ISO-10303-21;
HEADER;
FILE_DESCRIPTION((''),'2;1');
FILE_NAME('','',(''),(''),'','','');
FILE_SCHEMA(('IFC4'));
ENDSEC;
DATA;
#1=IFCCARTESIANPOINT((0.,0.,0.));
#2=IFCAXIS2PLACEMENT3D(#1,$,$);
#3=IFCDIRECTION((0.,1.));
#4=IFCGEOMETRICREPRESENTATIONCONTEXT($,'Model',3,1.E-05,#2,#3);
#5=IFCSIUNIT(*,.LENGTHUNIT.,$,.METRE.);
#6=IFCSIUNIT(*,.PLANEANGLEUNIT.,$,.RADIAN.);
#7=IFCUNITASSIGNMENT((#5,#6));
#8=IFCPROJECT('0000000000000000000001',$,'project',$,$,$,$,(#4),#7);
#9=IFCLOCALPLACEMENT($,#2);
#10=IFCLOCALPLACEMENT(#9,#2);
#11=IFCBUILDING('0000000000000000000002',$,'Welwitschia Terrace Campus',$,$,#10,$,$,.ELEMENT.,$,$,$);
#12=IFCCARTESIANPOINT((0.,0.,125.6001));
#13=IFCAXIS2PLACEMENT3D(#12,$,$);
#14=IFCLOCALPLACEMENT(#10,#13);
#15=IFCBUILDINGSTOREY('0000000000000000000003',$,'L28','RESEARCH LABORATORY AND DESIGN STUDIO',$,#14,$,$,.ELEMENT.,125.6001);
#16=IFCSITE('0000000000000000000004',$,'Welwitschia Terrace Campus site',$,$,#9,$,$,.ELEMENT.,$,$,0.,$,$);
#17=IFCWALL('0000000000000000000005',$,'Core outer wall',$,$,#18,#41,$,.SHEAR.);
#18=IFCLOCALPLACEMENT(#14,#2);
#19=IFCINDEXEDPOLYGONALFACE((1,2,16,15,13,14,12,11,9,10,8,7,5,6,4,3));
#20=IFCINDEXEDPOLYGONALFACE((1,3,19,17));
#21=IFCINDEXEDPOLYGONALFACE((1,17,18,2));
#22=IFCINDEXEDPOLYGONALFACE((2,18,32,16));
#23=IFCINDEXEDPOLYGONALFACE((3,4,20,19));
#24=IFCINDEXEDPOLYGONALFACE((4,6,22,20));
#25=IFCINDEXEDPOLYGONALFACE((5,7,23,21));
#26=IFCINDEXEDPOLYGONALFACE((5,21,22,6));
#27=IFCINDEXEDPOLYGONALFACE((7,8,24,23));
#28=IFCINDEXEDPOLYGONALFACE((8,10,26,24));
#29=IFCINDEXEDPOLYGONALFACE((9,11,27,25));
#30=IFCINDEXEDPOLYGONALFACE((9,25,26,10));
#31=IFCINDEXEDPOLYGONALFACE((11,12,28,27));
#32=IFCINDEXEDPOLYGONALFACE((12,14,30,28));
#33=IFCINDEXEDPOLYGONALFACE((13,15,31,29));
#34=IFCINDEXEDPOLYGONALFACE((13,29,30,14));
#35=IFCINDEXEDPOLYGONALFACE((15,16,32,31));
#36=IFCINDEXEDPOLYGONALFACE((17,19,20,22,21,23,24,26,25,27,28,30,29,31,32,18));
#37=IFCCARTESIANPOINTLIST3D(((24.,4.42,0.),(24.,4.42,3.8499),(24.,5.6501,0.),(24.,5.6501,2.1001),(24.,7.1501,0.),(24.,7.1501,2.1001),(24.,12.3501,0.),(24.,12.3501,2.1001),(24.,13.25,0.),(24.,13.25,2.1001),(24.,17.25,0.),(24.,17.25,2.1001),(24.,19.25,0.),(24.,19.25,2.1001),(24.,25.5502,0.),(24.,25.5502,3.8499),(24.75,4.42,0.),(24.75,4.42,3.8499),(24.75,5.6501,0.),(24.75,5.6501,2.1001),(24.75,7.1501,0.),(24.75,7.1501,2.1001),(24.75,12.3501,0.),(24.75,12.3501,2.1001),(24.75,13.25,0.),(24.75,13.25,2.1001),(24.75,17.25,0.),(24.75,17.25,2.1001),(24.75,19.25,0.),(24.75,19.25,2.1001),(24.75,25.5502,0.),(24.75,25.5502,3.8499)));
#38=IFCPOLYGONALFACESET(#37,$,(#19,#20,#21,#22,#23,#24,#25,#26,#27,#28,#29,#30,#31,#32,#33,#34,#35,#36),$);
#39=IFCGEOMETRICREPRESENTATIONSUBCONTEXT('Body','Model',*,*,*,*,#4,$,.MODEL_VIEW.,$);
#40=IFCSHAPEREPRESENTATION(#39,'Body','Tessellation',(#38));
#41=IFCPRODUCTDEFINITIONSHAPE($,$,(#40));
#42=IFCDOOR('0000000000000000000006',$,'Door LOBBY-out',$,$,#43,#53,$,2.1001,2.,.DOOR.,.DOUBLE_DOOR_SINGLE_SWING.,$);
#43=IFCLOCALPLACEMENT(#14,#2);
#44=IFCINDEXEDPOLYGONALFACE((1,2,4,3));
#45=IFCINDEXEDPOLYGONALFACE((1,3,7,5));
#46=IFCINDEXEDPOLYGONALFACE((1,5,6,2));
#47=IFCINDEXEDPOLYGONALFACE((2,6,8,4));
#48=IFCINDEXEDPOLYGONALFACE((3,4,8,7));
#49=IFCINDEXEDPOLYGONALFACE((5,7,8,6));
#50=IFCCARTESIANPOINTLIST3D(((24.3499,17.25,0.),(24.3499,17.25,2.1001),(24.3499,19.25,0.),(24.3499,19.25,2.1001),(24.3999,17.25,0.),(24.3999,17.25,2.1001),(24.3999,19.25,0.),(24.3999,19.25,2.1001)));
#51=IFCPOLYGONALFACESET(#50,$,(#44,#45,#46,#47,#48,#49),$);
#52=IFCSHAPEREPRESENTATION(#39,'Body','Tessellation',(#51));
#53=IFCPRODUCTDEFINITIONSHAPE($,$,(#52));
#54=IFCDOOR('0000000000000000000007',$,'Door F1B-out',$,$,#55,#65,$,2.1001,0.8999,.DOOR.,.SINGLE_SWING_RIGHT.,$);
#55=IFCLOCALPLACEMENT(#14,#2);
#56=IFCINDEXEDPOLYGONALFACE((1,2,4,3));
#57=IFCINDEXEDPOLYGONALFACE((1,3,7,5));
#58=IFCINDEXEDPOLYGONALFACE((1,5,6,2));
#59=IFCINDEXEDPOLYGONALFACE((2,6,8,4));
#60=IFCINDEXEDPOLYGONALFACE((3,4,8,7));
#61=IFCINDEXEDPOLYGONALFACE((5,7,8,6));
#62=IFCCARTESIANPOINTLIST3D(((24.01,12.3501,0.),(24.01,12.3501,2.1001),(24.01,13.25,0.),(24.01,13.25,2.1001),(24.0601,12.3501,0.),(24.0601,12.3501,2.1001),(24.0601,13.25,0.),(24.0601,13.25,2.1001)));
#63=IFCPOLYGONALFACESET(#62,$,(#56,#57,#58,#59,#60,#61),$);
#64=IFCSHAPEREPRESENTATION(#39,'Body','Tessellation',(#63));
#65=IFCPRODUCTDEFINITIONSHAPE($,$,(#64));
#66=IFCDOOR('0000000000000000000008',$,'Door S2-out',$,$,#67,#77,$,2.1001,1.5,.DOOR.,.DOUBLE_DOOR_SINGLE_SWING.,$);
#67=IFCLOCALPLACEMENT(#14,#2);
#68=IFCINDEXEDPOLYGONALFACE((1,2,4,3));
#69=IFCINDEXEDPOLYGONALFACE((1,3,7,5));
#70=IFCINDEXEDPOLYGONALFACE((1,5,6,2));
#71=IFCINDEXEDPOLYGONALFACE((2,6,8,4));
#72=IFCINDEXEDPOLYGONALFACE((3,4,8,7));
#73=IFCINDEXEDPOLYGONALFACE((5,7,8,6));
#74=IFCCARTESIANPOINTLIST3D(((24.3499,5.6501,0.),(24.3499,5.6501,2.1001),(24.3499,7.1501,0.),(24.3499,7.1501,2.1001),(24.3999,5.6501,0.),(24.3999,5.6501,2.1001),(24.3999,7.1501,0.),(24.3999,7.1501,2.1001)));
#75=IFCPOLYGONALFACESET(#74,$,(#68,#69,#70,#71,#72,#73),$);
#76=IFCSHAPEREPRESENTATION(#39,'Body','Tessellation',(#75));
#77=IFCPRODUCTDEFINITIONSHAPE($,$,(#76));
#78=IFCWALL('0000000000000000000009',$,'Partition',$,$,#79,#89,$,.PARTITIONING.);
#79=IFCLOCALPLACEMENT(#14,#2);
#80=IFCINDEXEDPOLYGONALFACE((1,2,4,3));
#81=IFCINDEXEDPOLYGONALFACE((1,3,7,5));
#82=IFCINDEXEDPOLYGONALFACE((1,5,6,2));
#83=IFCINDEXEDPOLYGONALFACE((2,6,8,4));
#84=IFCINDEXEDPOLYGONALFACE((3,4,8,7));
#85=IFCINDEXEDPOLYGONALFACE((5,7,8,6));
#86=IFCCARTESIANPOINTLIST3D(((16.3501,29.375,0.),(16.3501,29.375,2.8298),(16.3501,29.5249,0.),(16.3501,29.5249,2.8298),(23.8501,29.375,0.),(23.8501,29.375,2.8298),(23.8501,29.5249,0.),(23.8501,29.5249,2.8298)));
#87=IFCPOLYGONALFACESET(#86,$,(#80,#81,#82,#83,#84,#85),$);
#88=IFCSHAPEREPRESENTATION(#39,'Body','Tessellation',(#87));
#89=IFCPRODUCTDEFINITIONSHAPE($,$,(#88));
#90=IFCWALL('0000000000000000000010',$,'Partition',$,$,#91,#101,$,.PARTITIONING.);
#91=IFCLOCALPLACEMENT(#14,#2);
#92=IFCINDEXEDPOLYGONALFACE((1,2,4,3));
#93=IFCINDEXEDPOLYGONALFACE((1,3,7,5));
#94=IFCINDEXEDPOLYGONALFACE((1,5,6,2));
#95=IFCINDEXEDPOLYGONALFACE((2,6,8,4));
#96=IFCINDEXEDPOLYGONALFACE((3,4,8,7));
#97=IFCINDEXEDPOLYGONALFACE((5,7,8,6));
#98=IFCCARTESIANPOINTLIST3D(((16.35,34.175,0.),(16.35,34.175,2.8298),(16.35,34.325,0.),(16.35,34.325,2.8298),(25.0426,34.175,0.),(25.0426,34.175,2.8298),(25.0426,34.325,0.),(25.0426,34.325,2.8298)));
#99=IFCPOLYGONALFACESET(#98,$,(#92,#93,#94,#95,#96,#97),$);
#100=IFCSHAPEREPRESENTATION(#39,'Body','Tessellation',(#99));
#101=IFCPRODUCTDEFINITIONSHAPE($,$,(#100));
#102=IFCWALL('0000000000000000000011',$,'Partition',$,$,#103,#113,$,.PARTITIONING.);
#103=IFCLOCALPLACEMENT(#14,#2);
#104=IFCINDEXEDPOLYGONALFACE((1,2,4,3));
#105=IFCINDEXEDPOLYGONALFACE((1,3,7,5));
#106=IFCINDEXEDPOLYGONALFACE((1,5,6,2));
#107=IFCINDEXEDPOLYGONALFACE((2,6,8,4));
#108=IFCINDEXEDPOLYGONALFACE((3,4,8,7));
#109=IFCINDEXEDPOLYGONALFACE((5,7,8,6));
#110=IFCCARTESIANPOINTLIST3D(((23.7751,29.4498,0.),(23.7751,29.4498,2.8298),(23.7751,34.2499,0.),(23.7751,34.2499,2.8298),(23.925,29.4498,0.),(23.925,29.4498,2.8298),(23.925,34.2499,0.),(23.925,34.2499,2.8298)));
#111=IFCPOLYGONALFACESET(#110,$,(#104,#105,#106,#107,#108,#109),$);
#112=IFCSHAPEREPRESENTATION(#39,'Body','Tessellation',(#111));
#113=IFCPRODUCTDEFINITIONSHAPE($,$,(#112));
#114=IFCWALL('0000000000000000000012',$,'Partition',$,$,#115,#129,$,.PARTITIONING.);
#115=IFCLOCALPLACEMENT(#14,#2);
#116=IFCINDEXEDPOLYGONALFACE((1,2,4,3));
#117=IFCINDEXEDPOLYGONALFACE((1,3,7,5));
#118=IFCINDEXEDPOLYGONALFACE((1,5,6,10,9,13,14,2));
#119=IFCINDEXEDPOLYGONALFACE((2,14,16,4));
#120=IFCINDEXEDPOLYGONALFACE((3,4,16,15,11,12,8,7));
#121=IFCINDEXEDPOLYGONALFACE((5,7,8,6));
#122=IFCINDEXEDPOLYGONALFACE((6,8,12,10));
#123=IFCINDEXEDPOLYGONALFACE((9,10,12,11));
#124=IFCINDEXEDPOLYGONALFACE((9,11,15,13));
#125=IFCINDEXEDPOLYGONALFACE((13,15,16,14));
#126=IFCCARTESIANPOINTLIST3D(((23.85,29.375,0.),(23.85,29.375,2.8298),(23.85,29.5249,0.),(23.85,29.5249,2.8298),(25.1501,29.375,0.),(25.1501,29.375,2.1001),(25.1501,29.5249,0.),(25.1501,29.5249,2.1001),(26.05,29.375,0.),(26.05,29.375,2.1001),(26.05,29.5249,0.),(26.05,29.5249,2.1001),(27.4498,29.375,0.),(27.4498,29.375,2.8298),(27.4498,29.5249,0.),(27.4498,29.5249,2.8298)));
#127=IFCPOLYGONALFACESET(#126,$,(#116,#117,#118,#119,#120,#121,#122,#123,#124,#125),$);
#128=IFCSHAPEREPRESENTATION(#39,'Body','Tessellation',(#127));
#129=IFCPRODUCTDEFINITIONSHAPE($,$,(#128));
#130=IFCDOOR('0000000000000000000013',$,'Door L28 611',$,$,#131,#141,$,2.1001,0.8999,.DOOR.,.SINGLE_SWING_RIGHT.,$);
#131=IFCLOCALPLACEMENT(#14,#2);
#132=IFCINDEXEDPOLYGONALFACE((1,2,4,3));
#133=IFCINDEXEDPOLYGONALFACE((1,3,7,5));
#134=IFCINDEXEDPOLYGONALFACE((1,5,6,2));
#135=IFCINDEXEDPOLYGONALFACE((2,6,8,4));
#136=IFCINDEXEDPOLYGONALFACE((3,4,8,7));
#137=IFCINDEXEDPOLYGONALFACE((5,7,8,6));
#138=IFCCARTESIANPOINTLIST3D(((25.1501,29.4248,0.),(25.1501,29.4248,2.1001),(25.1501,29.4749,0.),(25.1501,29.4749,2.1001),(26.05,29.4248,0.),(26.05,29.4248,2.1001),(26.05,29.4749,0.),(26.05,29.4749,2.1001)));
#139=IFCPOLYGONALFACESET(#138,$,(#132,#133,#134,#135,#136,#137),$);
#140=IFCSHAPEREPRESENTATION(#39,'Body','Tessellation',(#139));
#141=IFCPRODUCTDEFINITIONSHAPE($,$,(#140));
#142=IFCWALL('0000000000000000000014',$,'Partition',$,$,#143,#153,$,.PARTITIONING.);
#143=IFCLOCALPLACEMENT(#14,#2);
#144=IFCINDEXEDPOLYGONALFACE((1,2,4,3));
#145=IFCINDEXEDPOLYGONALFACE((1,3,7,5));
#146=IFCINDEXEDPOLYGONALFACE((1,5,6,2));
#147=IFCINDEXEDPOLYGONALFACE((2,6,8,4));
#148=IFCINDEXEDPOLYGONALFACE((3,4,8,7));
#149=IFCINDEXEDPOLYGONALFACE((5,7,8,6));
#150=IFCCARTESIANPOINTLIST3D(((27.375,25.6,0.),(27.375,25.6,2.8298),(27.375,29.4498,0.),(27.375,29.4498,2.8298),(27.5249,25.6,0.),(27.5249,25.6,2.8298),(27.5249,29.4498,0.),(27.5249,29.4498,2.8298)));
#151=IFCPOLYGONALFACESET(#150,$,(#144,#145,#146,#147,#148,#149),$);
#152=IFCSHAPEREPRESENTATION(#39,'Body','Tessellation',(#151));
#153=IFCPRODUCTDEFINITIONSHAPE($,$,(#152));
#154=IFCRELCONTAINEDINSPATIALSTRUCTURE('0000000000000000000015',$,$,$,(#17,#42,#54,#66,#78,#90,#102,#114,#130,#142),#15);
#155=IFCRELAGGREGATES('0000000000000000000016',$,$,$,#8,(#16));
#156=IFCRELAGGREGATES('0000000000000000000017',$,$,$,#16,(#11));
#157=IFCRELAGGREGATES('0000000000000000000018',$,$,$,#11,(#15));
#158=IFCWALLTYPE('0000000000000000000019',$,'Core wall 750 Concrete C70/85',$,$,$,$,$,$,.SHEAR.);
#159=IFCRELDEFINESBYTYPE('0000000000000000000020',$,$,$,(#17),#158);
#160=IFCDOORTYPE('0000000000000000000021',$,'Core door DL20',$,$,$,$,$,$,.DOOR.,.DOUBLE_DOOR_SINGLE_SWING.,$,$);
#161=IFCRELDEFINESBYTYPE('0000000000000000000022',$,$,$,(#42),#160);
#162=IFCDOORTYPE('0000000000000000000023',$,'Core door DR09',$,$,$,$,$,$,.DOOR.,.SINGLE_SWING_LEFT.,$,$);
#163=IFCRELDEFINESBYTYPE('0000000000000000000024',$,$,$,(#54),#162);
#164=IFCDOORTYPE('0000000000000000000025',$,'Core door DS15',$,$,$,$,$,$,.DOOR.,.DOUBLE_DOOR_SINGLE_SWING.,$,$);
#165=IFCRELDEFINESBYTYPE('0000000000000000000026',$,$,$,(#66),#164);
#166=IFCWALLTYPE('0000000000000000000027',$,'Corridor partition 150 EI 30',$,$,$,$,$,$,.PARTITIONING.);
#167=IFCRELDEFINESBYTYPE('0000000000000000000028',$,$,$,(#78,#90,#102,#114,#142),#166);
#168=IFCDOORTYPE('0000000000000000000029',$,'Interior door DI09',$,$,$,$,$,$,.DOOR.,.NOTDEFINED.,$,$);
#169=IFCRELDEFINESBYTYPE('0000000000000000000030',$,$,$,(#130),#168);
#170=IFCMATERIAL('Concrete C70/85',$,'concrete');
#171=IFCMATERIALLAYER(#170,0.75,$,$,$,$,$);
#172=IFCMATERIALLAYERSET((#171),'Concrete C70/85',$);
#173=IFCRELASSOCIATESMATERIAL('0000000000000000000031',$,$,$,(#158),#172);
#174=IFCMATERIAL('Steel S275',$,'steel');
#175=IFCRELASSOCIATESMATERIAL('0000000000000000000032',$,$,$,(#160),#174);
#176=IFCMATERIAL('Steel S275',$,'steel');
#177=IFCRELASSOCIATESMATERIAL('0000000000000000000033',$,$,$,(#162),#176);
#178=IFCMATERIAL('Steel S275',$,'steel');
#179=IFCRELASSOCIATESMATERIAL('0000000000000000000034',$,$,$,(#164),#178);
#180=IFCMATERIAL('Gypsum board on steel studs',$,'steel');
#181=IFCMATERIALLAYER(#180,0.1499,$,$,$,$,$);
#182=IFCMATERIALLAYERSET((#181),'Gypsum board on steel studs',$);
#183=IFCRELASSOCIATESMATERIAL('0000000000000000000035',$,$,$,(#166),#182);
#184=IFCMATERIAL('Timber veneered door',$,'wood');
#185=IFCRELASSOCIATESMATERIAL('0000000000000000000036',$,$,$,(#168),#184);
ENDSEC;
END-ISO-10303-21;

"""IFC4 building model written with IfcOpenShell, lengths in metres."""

from ifc_helpers import new_model, si_unit, direction, frame, frame_2d, origin, place, context, subcontext, project, spatial, rectangle, extrude, material, layer, layer_set, type_object, element, fill, save


model = new_model("IFC4")

# Units and contexts
model_context = context("Model", 3, precision=1e-05, world=origin(), true_north=direction((0.0, 1.0)))
body_context = subcontext(model_context, "Body", "Model", "MODEL_VIEW")
ifc_project = project(units=[si_unit("LENGTHUNIT", "METRE"), si_unit("PLANEANGLEUNIT", "RADIAN")], contexts=[model_context])

# Site, building, storey
site_placement = place(None, origin())
site = spatial("IfcSite", under=ifc_project, at=site_placement, Name="Welwitschia Terrace Campus site", CompositionType="ELEMENT", RefElevation=0.0)
building_placement = place(site_placement, origin())
building = spatial("IfcBuilding", under=site, at=building_placement, Name="Welwitschia Terrace Campus", CompositionType="ELEMENT")
storey_placement = place(building_placement, frame((0.0, 0.0, 125.6001)))
storey = spatial("IfcBuildingStorey", under=building, at=storey_placement, Name="L28", Description="RESEARCH LABORATORY AND DESIGN STUDIO", CompositionType="ELEMENT", Elevation=125.6001)

# Wall, openings, doors
ifc_material_1 = material(Name="Concrete C70/85", Category="concrete")
ifc_layer_1 = layer(ifc_material_1, 0.75)
ifc_layer_set_1 = layer_set([ifc_layer_1], Name="Concrete C70/85")
wall_type_1 = type_object("IfcWallType", Name="Core wall 750 Concrete C70/85", PredefinedType="SHEAR", material=ifc_layer_set_1)
wall_1_placement = place(storey_placement, frame((24.375, 25.55, 0.0), z_axis=(0.0, 0.0, 1.0), x_axis=(0.0, -1.0, 0.0)))
wall_1 = element("IfcWall", 1, at=wall_1_placement, inside=storey, type_object=wall_type_1, Name="Core outer wall", PredefinedType="SHEAR", context=body_context, shape_type="SweptSolid", body=[
    extrude(rectangle(XDim=21.1301, YDim=0.75, at=frame_2d((10.5649, 0.0))), origin(), (0.0, 0.0, 1.0), 3.8499),
])
opening_1_placement = place(wall_1_placement, frame((18.3999, 0.0, 0.0)))
opening_1 = element("IfcOpeningElement", 2, at=opening_1_placement, cuts=wall_1, PredefinedType="OPENING", context=body_context, shape_type="SweptSolid", body=[
    extrude(rectangle(XDim=1.5, YDim=2.1001, at=frame_2d((0.75, 1.05))), frame((0.0, 0.385, 0.0), z_axis=(0.0, -1.0, 0.0), x_axis=(1.0, 0.0, 0.0)), (0.0, 0.0, 1.0), 0.77),
])
opening_2_placement = place(wall_1_placement, frame((12.3, 0.0, 0.0)))
opening_2 = element("IfcOpeningElement", 3, at=opening_2_placement, cuts=wall_1, PredefinedType="OPENING", context=body_context, shape_type="SweptSolid", body=[
    extrude(rectangle(XDim=0.8999, YDim=2.1001, at=frame_2d((0.45, 1.05))), frame((0.0, 0.385, 0.0), z_axis=(0.0, -1.0, 0.0), x_axis=(1.0, 0.0, 0.0)), (0.0, 0.0, 1.0), 0.77),
])
opening_3_placement = place(wall_1_placement, frame((6.3, 0.0, 0.0)))
opening_3 = element("IfcOpeningElement", 4, at=opening_3_placement, cuts=wall_1, PredefinedType="OPENING", context=body_context, shape_type="SweptSolid", body=[
    extrude(rectangle(XDim=2.0, YDim=2.1001, at=frame_2d((1.0, 1.05))), frame((0.0, 0.385, 0.0), z_axis=(0.0, -1.0, 0.0), x_axis=(1.0, 0.0, 0.0)), (0.0, 0.0, 1.0), 0.77),
])
ifc_material_2 = material(Name="Steel S275", Category="steel")
door_type_1 = type_object("IfcDoorType", Name="Core door DL20", OperationType="DOUBLE_DOOR_SINGLE_SWING", PredefinedType="DOOR", material=ifc_material_2)
door_1_placement = place(opening_3_placement, origin())
door_1 = element("IfcDoor", 5, at=door_1_placement, inside=storey, type_object=door_type_1, Name="Door LOBBY-out", OperationType="DOUBLE_DOOR_SINGLE_SWING", OverallHeight=2.1001, OverallWidth=2.0, PredefinedType="DOOR", context=body_context, shape_type="SweptSolid", body=[
    extrude(rectangle(XDim=2.0, YDim=2.1001, at=frame_2d((1.0, 1.05))), frame((0.0, 0.0249, 0.0), z_axis=(0.0, -1.0, 0.0), x_axis=(1.0, 0.0, 0.0)), (0.0, 0.0, 1.0), 0.05),
])
fill(opening_3, door_1)
ifc_material_3 = material(Name="Steel S275", Category="steel")
door_type_2 = type_object("IfcDoorType", Name="Core door DR09", OperationType="SINGLE_SWING_LEFT", PredefinedType="DOOR", material=ifc_material_3)
door_2_placement = place(opening_2_placement, origin())
door_2 = element("IfcDoor", 6, at=door_2_placement, inside=storey, type_object=door_type_2, Name="Door F1B-out", OperationType="SINGLE_SWING_RIGHT", OverallHeight=2.1001, OverallWidth=0.8999, PredefinedType="DOOR", context=body_context, shape_type="SweptSolid", body=[
    extrude(rectangle(XDim=0.8999, YDim=2.1001, at=frame_2d((0.45, 1.05))), frame((0.0, -0.3149, 0.0), z_axis=(0.0, -1.0, 0.0), x_axis=(1.0, 0.0, 0.0)), (0.0, 0.0, 1.0), 0.05),
])
fill(opening_2, door_2)
ifc_material_4 = material(Name="Steel S275", Category="steel")
door_type_3 = type_object("IfcDoorType", Name="Core door DS15", OperationType="DOUBLE_DOOR_SINGLE_SWING", PredefinedType="DOOR", material=ifc_material_4)
door_3_placement = place(opening_1_placement, origin())
door_3 = element("IfcDoor", 7, at=door_3_placement, inside=storey, type_object=door_type_3, Name="Door S2-out", OperationType="DOUBLE_DOOR_SINGLE_SWING", OverallHeight=2.1001, OverallWidth=1.5, PredefinedType="DOOR", context=body_context, shape_type="SweptSolid", body=[
    extrude(rectangle(XDim=1.5, YDim=2.1001, at=frame_2d((0.75, 1.05))), frame((0.0, 0.0249, 0.0), z_axis=(0.0, -1.0, 0.0), x_axis=(1.0, 0.0, 0.0)), (0.0, 0.0, 1.0), 0.05),
])
fill(opening_1, door_3)

# Walls
ifc_material_5 = material(Name="Gypsum board on steel studs", Category="steel")
ifc_layer_2 = layer(ifc_material_5, 0.1499)
ifc_layer_set_2 = layer_set([ifc_layer_2], Name="Gypsum board on steel studs")
wall_type_2 = type_object("IfcWallType", Name="Corridor partition 150 EI 30", PredefinedType="PARTITIONING", material=ifc_layer_set_2)
wall_2_placement = place(storey_placement, frame((16.3501, 29.45, 0.0), z_axis=(0.0, 0.0, 1.0), x_axis=(1.0, 0.0, 0.0)))
element("IfcWall", 8, at=wall_2_placement, inside=storey, type_object=wall_type_2, Name="Partition", PredefinedType="PARTITIONING", context=body_context, shape_type="SweptSolid", body=[
    extrude(rectangle(XDim=7.5, YDim=0.1499, at=frame_2d((3.75, 0.0))), origin(), (0.0, 0.0, 1.0), 2.8298),
])
wall_3_placement = place(storey_placement, frame((16.3501, 34.25, 0.0), z_axis=(0.0, 0.0, 1.0), x_axis=(1.0, 0.0, 0.0)))
element("IfcWall", 9, at=wall_3_placement, inside=storey, type_object=wall_type_2, Name="Partition", PredefinedType="PARTITIONING", context=body_context, shape_type="SweptSolid", body=[
    extrude(rectangle(XDim=8.6926, YDim=0.1499, at=frame_2d((4.3462, 0.0))), origin(), (0.0, 0.0, 1.0), 2.8298),
])
wall_4_placement = place(storey_placement, frame((23.8501, 29.45, 0.0), z_axis=(0.0, 0.0, 1.0), x_axis=(0.0, 1.0, 0.0)))
element("IfcWall", 10, at=wall_4_placement, inside=storey, type_object=wall_type_2, Name="Partition", PredefinedType="PARTITIONING", context=body_context, shape_type="SweptSolid", body=[
    extrude(rectangle(XDim=4.8, YDim=0.1499, at=frame_2d((2.3999, 0.0))), origin(), (0.0, 0.0, 1.0), 2.8298),
])

# Wall, opening, door
wall_5_placement = place(storey_placement, frame((23.8501, 29.45, 0.0), z_axis=(0.0, 0.0, 1.0), x_axis=(1.0, 0.0, 0.0)))
wall_5 = element("IfcWall", 11, at=wall_5_placement, inside=storey, type_object=wall_type_2, Name="Partition", PredefinedType="PARTITIONING", context=body_context, shape_type="SweptSolid", body=[
    extrude(rectangle(XDim=3.5999, YDim=0.1499, at=frame_2d((1.7998, 0.0))), origin(), (0.0, 0.0, 1.0), 2.8298),
])
opening_4_placement = place(wall_5_placement, frame((1.3, 0.0, 0.0)))
opening_4 = element("IfcOpeningElement", 12, at=opening_4_placement, cuts=wall_5, PredefinedType="OPENING", context=body_context, shape_type="SweptSolid", body=[
    extrude(rectangle(XDim=0.8999, YDim=2.1001, at=frame_2d((0.45, 1.05))), frame((0.0, 0.085, 0.0), z_axis=(0.0, -1.0, 0.0), x_axis=(1.0, 0.0, 0.0)), (0.0, 0.0, 1.0), 0.1699),
])
ifc_material_6 = material(Name="Timber veneered door", Category="wood")
door_type_4 = type_object("IfcDoorType", Name="Interior door DI09", OperationType="NOTDEFINED", PredefinedType="DOOR", material=ifc_material_6)
door_4_placement = place(opening_4_placement, origin())
door_4 = element("IfcDoor", 13, at=door_4_placement, inside=storey, type_object=door_type_4, Name="Door L28 611", OperationType="SINGLE_SWING_RIGHT", OverallHeight=2.1001, OverallWidth=0.8999, PredefinedType="DOOR", context=body_context, shape_type="SweptSolid", body=[
    extrude(rectangle(XDim=0.8999, YDim=2.1001, at=frame_2d((0.45, 1.05))), frame((0.0, 0.0249, 0.0), z_axis=(0.0, -1.0, 0.0), x_axis=(1.0, 0.0, 0.0)), (0.0, 0.0, 1.0), 0.05),
])
fill(opening_4, door_4)

# Wall
wall_6_placement = place(storey_placement, frame((27.45, 25.6001, 0.0), z_axis=(0.0, 0.0, 1.0), x_axis=(0.0, 1.0, 0.0)))
element("IfcWall", 14, at=wall_6_placement, inside=storey, type_object=wall_type_2, Name="Partition", PredefinedType="PARTITIONING", context=body_context, shape_type="SweptSolid", body=[
    extrude(rectangle(XDim=3.8499, YDim=0.1499, at=frame_2d((1.9248, 0.0))), origin(), (0.0, 0.0, 1.0), 2.8298),
])

save(model, "model.ifc")
